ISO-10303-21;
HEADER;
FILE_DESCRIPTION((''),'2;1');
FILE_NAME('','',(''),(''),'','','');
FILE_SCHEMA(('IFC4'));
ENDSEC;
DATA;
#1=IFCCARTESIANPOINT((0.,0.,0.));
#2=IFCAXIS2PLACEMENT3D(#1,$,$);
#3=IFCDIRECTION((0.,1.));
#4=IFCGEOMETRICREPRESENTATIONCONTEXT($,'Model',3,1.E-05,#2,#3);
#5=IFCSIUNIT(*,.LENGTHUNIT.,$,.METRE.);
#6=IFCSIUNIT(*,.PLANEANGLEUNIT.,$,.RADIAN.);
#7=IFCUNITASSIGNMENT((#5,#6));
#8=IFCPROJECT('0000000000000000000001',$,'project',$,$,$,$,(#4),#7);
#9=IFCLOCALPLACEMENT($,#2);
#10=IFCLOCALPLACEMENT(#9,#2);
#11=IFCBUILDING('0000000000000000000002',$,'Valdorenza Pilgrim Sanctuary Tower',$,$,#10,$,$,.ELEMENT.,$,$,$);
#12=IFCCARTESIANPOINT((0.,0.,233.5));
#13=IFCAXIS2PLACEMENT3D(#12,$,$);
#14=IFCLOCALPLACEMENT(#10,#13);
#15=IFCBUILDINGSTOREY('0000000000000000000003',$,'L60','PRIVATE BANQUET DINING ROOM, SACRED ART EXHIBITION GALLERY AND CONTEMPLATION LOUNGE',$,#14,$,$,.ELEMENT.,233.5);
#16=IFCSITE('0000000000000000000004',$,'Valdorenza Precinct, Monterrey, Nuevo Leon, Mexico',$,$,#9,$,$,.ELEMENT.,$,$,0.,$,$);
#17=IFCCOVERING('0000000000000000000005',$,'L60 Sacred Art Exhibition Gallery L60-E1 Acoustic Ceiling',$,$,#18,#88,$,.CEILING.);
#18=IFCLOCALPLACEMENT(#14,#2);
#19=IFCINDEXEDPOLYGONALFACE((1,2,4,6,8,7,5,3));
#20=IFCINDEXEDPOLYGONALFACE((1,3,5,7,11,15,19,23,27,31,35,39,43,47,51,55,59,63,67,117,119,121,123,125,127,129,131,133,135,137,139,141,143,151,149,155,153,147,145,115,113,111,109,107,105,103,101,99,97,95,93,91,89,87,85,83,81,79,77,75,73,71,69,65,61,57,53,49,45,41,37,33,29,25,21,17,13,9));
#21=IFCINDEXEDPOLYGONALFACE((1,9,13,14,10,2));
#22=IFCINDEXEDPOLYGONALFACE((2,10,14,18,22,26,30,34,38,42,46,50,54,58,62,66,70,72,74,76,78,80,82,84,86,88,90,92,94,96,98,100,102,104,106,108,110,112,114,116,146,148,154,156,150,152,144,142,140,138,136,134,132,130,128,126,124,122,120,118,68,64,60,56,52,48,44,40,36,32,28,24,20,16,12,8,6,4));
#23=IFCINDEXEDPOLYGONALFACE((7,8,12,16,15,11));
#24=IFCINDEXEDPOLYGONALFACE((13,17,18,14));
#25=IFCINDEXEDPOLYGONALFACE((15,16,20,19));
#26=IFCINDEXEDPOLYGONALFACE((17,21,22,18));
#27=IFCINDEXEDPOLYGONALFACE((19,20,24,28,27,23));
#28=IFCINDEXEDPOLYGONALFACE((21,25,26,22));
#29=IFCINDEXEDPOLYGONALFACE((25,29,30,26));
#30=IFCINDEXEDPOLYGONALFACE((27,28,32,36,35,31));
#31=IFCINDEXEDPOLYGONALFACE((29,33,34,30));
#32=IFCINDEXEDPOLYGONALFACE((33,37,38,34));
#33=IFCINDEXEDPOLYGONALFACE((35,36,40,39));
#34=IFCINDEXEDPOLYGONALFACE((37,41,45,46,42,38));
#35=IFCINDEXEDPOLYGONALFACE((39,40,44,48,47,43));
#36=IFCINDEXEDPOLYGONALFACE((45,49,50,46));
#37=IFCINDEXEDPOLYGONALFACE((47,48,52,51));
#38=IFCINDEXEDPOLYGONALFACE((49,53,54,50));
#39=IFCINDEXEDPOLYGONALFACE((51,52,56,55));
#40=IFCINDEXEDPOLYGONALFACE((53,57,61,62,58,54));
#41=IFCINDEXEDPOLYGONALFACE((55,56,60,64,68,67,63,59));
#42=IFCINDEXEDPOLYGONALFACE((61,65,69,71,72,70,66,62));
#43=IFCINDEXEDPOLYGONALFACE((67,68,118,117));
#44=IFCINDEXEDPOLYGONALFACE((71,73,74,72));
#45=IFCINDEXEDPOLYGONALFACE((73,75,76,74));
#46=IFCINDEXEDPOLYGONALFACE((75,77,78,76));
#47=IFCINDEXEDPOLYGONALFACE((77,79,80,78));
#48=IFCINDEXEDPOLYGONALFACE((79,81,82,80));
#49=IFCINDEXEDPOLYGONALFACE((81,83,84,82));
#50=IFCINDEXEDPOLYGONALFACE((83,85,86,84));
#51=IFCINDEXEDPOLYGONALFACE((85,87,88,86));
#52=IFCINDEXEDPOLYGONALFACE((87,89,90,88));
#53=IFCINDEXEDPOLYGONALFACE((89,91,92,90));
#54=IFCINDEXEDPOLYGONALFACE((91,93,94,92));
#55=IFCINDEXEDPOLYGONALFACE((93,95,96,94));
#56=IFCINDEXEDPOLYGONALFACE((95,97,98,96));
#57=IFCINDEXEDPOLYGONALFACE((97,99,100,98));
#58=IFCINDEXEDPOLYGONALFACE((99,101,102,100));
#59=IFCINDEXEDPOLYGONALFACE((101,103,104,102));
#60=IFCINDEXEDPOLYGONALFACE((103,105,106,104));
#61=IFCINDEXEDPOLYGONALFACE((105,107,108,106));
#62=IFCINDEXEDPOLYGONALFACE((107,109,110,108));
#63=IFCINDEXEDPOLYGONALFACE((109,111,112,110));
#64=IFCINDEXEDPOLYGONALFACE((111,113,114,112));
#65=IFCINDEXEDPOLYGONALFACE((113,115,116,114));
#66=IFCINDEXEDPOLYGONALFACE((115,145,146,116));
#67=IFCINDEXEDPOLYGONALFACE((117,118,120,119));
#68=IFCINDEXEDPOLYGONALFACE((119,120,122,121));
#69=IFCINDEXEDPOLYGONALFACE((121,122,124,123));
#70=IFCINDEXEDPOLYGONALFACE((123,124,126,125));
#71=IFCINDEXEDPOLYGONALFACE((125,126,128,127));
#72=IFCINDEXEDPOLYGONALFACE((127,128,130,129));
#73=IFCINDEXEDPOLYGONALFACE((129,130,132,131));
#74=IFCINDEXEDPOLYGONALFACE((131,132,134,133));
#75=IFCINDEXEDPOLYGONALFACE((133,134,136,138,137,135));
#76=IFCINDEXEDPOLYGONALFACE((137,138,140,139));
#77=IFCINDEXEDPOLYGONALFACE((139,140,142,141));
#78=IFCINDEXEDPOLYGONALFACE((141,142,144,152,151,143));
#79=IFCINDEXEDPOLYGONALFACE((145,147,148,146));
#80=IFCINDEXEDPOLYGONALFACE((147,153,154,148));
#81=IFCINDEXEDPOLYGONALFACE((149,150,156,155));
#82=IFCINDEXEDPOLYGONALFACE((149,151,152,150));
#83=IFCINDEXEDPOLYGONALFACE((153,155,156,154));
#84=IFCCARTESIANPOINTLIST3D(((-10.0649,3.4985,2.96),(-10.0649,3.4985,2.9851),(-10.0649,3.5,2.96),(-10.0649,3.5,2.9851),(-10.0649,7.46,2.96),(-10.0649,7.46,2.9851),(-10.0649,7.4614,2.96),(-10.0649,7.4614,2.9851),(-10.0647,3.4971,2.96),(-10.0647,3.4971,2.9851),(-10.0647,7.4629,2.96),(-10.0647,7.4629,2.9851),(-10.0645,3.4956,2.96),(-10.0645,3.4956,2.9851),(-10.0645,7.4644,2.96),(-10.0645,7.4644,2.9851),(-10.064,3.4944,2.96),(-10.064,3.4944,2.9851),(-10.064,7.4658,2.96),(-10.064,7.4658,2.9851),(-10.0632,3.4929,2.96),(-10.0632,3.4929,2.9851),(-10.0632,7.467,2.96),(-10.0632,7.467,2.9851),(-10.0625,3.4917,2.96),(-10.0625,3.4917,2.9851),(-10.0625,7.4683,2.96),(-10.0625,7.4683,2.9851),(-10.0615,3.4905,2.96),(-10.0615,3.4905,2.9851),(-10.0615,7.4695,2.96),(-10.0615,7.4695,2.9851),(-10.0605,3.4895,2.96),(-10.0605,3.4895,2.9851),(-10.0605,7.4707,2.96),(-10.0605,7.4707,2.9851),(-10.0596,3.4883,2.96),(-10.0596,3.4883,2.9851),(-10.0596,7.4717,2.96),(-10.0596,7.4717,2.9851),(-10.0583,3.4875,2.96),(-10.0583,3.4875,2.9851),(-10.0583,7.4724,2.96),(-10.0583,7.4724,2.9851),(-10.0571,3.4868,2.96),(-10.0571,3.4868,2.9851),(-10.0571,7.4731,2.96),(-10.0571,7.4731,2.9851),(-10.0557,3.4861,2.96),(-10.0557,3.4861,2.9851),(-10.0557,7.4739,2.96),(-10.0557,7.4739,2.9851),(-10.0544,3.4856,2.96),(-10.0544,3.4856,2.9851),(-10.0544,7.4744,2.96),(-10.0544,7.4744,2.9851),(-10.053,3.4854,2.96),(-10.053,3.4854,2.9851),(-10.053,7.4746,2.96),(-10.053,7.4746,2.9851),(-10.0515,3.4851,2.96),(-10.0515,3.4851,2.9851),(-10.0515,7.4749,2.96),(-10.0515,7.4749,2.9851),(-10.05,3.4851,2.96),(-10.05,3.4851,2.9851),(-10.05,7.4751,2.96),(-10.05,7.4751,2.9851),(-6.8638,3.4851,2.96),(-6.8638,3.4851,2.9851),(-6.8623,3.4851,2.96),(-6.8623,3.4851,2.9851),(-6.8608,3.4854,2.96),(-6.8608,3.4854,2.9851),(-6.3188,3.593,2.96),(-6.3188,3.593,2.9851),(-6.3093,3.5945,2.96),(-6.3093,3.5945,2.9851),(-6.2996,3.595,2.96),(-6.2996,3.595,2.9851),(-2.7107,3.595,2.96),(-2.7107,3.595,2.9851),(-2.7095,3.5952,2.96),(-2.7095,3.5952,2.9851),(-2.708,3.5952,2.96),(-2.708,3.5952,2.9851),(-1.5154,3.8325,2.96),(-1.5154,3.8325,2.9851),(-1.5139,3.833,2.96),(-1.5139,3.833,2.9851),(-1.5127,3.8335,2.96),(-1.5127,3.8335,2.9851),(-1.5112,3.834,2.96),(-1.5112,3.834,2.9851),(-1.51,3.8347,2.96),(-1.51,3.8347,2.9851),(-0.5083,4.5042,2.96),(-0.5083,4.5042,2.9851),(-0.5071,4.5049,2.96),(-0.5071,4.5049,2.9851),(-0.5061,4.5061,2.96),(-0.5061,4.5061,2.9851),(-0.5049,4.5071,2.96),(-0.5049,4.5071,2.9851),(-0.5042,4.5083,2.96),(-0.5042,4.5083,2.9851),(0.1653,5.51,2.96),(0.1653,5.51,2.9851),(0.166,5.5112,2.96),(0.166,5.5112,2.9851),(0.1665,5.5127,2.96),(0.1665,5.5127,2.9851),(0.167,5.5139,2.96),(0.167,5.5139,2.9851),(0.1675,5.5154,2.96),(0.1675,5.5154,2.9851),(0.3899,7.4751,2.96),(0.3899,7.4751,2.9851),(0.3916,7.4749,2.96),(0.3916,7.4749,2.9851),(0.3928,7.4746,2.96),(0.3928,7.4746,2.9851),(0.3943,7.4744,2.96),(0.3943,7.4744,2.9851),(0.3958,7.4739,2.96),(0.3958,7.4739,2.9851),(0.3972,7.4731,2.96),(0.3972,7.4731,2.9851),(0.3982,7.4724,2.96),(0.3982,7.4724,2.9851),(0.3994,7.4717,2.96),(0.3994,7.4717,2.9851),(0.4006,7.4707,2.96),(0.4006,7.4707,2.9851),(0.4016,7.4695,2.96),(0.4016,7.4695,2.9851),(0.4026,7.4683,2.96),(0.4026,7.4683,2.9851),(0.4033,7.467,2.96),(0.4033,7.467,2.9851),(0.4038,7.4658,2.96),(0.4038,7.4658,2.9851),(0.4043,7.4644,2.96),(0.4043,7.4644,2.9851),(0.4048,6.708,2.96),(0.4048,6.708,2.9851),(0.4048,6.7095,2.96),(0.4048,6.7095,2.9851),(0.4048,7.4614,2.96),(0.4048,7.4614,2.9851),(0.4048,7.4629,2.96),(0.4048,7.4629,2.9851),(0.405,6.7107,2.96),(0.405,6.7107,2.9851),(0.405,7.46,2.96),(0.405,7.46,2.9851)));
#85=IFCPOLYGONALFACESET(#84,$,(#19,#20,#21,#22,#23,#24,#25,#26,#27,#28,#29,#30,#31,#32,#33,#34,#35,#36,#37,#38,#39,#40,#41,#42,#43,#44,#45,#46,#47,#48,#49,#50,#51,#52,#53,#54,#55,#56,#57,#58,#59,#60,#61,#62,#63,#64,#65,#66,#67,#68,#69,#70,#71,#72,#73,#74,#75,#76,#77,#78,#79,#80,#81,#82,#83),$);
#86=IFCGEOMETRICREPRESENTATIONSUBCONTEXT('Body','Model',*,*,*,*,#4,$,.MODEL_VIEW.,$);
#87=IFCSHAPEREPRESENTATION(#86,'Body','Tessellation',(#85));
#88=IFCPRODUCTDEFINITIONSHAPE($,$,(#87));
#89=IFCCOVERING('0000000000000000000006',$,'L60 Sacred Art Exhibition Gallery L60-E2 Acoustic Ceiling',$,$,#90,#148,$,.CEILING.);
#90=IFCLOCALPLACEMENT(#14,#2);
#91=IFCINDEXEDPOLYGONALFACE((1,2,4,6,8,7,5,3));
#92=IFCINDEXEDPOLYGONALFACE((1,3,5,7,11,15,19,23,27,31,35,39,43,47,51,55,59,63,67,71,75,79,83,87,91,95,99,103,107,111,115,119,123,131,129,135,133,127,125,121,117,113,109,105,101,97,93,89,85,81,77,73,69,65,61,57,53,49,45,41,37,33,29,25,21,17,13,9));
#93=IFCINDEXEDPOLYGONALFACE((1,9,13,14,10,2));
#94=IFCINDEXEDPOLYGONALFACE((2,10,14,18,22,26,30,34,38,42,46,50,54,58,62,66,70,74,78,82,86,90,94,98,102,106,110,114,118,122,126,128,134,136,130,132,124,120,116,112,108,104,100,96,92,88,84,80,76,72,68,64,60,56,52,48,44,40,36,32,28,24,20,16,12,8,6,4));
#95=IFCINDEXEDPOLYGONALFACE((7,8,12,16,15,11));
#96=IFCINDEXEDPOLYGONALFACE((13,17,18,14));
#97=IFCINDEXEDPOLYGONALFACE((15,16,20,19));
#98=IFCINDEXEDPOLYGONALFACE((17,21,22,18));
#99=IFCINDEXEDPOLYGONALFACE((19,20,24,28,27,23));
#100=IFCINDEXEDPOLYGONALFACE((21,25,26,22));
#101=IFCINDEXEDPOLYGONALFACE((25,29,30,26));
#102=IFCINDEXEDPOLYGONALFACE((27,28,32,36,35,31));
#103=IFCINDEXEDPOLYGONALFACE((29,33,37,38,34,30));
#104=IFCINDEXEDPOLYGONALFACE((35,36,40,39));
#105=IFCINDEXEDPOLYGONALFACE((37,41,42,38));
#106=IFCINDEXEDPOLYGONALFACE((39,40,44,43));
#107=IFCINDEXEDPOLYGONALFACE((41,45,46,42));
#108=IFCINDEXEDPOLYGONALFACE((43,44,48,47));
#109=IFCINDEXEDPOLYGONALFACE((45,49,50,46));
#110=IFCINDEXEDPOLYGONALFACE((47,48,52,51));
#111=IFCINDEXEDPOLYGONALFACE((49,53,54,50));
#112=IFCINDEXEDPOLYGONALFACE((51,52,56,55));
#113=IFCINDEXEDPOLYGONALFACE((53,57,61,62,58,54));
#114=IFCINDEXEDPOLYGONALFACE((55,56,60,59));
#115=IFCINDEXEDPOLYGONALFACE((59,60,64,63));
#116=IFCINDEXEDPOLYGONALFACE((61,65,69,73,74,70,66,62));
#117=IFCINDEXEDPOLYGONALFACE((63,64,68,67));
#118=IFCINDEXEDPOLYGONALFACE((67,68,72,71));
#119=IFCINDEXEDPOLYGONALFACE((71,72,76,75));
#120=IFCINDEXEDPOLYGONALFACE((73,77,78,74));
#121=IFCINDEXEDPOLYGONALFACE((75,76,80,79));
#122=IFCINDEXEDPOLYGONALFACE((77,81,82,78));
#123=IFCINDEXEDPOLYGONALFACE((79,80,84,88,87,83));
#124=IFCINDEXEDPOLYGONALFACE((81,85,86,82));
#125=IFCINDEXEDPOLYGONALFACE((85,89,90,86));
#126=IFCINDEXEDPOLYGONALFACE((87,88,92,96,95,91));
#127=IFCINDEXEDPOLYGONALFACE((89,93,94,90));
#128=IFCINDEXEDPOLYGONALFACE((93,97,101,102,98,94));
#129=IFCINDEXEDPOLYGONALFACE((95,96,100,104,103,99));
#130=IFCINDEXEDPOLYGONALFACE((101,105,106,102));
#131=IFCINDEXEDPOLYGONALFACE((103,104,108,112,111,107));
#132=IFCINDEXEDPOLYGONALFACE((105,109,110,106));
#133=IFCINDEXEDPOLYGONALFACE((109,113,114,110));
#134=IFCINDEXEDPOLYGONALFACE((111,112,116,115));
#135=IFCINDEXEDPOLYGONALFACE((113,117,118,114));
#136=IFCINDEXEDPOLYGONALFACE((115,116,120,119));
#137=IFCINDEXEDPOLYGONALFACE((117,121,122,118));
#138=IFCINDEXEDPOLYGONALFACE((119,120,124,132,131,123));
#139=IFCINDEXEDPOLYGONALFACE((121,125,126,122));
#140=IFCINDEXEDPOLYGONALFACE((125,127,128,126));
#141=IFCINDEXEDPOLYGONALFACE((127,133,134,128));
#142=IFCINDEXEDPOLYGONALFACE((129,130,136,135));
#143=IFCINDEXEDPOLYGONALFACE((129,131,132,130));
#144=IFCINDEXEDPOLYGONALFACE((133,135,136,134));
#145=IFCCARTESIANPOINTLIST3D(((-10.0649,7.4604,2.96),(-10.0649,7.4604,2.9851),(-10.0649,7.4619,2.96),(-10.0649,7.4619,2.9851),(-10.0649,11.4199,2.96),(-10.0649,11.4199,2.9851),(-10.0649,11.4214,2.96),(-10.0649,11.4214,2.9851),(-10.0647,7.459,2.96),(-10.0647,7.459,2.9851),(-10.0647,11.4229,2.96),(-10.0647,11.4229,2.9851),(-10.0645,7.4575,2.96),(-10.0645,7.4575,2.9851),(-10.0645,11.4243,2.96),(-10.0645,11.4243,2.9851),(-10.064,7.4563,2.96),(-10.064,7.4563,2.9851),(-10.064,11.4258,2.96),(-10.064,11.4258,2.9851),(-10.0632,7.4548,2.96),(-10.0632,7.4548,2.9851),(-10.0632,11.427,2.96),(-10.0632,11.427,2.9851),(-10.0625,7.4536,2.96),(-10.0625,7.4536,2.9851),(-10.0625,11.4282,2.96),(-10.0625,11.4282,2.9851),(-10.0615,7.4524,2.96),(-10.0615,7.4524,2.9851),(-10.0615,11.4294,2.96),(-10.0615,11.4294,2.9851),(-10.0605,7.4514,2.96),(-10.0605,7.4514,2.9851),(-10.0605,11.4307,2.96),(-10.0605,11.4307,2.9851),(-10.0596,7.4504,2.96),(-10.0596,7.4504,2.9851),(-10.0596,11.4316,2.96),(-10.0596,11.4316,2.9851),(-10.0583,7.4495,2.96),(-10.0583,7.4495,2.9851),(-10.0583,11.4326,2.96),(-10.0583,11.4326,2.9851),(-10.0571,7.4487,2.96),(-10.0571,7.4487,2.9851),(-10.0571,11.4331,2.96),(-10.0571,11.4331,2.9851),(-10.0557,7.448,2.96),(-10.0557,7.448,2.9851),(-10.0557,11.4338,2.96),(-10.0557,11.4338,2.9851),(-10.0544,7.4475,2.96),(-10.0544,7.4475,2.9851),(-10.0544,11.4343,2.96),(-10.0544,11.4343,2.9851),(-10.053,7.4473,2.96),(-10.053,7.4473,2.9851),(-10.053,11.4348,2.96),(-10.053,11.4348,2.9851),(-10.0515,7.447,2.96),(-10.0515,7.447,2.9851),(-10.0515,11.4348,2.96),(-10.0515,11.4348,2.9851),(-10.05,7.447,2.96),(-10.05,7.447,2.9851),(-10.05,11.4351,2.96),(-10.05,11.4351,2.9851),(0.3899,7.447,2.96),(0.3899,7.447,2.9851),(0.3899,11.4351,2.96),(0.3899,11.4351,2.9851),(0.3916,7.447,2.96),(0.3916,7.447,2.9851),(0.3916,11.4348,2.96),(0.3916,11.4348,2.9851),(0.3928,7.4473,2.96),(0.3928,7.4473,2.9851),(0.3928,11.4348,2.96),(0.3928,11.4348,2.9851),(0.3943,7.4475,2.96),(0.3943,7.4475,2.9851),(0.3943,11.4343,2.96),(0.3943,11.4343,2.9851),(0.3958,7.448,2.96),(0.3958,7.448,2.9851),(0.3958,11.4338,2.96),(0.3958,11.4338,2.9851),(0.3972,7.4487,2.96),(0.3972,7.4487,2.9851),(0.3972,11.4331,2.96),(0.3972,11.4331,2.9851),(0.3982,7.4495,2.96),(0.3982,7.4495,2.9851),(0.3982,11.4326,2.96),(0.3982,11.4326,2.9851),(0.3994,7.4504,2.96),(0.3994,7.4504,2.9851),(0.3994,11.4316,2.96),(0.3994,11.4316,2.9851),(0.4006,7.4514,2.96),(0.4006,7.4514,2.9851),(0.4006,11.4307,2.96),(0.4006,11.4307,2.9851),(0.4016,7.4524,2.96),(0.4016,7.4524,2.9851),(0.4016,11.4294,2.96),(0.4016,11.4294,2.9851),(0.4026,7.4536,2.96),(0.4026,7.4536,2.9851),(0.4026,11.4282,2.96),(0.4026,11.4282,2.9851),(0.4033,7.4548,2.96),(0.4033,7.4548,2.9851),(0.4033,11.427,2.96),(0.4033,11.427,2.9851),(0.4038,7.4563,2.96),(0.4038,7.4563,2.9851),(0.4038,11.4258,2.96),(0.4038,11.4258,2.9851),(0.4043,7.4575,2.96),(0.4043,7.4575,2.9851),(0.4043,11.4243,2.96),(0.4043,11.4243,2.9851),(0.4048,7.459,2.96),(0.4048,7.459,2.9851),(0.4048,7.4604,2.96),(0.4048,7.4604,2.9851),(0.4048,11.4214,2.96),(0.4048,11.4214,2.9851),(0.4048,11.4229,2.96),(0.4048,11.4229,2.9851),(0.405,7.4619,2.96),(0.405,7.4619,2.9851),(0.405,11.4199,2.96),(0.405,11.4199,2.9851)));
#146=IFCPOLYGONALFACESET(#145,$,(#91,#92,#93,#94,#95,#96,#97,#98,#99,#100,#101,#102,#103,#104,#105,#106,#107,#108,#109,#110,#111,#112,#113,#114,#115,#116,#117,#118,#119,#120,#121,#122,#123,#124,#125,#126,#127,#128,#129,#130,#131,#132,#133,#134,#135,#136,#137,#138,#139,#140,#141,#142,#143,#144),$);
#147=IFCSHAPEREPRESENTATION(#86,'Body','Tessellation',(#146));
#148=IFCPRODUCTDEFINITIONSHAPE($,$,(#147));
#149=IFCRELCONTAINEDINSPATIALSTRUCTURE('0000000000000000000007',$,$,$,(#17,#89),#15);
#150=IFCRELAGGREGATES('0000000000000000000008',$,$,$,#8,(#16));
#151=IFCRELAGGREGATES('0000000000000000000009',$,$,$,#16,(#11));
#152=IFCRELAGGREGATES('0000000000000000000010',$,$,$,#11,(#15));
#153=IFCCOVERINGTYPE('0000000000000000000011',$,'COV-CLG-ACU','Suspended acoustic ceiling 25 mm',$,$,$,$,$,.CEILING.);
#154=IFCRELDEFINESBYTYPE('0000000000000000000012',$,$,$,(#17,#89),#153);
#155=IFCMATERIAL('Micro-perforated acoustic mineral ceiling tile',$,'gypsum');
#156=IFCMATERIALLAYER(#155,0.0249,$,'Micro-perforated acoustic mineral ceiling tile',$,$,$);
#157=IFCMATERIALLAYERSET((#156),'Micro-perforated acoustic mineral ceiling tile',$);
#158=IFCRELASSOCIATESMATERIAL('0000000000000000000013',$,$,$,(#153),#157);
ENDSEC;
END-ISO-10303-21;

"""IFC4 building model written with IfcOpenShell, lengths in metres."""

from ifc_helpers import new_model, si_unit, direction, frame, origin, place, context, subcontext, project, spatial, polyline, outline, extrude, material, layer, layer_set, type_object, element, save


model = new_model("IFC4")

# Units and contexts
model_context = context("Model", 3, precision=1e-05, world=origin(), true_north=direction((0.0, 1.0)))
body_context = subcontext(model_context, "Body", "Model", "MODEL_VIEW")
ifc_project = project(units=[si_unit("LENGTHUNIT", "METRE"), si_unit("PLANEANGLEUNIT", "RADIAN")], contexts=[model_context])

# Site, building, storey
site_placement = place(None, origin())
site = spatial("IfcSite", under=ifc_project, at=site_placement, Name="Valdorenza Precinct, Monterrey, Nuevo Leon, Mexico", CompositionType="ELEMENT", RefElevation=0.0)
building_placement = place(site_placement, origin())
building = spatial("IfcBuilding", under=site, at=building_placement, Name="Valdorenza Pilgrim Sanctuary Tower", CompositionType="ELEMENT")
storey_placement = place(building_placement, frame((0.0, 0.0, 233.5)))
storey = spatial("IfcBuildingStorey", under=building, at=storey_placement, Name="L60", Description="PRIVATE BANQUET DINING ROOM, SACRED ART EXHIBITION GALLERY AND CONTEMPLATION LOUNGE", CompositionType="ELEMENT", Elevation=233.5)

# Coverings
ifc_material_1 = material(Name="Micro-perforated acoustic mineral ceiling tile", Category="gypsum")
ifc_layer_1 = layer(ifc_material_1, 0.0249, Name="Micro-perforated acoustic mineral ceiling tile")
ifc_layer_set_1 = layer_set([ifc_layer_1], Name="Micro-perforated acoustic mineral ceiling tile")
covering_type_1 = type_object("IfcCoveringType", Name="COV-CLG-ACU", Description="Suspended acoustic ceiling 25 mm", PredefinedType="CEILING", material=ifc_layer_set_1)
covering_1_placement = place(storey_placement, frame((0.0, 0.0, 2.96)))
element("IfcCovering", 1, at=covering_1_placement, inside=storey, type_object=covering_type_1, Name="L60 Sacred Art Exhibition Gallery L60-E1 Acoustic Ceiling", PredefinedType="CEILING", context=body_context, shape_type="SweptSolid", body=[
    extrude(outline(polyline([(-10.0649, 7.46), (-10.0649, 7.4614), (-10.0647, 7.4629), (-10.0645, 7.4644), (-10.064, 7.4658), (-10.0632, 7.467), (-10.0625, 7.4683), (-10.0615, 7.4695), (-10.0605, 7.4707), (-10.0596, 7.4717), (-10.0583, 7.4724), (-10.0571, 7.4731), (-10.0557, 7.4739), (-10.0544, 7.4744), (-10.053, 7.4746), (-10.0515, 7.4749), (-10.05, 7.4751), (0.3899, 7.4751), (0.3916, 7.4749), (0.3928, 7.4746), (0.3943, 7.4744), (0.3958, 7.4739), (0.3972, 7.4731), (0.3982, 7.4724), (0.3994, 7.4717), (0.4006, 7.4707), (0.4016, 7.4695), (0.4026, 7.4683), (0.4033, 7.467), (0.4038, 7.4658), (0.4043, 7.4644), (0.4048, 7.4629), (0.4048, 7.4614), (0.405, 7.46), (0.405, 6.7107), (0.4048, 6.7095), (0.4048, 6.708), (0.1675, 5.5154), (0.167, 5.5139), (0.1665, 5.5127), (0.166, 5.5112), (0.1653, 5.51), (-0.5042, 4.5083), (-0.5049, 4.5071), (-0.5061, 4.5061), (-0.5071, 4.5049), (-0.5083, 4.5042), (-1.51, 3.8347), (-1.5112, 3.834), (-1.5127, 3.8335), (-1.5139, 3.833), (-1.5154, 3.8325), (-2.708, 3.5952), (-2.7095, 3.5952), (-2.7107, 3.595), (-6.2996, 3.595), (-6.3093, 3.5945), (-6.3188, 3.593), (-6.8608, 3.4854), (-6.8623, 3.4851), (-6.8638, 3.4851), (-10.05, 3.4851), (-10.0515, 3.4851), (-10.053, 3.4854), (-10.0544, 3.4856), (-10.0557, 3.4861), (-10.0571, 3.4868), (-10.0583, 3.4875), (-10.0596, 3.4883), (-10.0605, 3.4895), (-10.0615, 3.4905), (-10.0625, 3.4917), (-10.0632, 3.4929), (-10.064, 3.4944), (-10.0645, 3.4956), (-10.0647, 3.4971), (-10.0649, 3.4985), (-10.0649, 3.5), (-10.0649, 7.46)])), origin(), (0.0, 0.0, 1.0), 0.0251),
])
covering_2_placement = place(storey_placement, frame((0.0, 0.0, 2.96)))
element("IfcCovering", 2, at=covering_2_placement, inside=storey, type_object=covering_type_1, Name="L60 Sacred Art Exhibition Gallery L60-E2 Acoustic Ceiling", PredefinedType="CEILING", context=body_context, shape_type="SweptSolid", body=[
    extrude(outline(polyline([(-10.0649, 11.4199), (-10.0649, 11.4214), (-10.0647, 11.4229), (-10.0645, 11.4243), (-10.064, 11.4258), (-10.0632, 11.427), (-10.0625, 11.4282), (-10.0615, 11.4294), (-10.0605, 11.4307), (-10.0596, 11.4316), (-10.0583, 11.4326), (-10.0571, 11.4331), (-10.0557, 11.4338), (-10.0544, 11.4343), (-10.053, 11.4348), (-10.0515, 11.4348), (-10.05, 11.4351), (0.3899, 11.4351), (0.3916, 11.4348), (0.3928, 11.4348), (0.3943, 11.4343), (0.3958, 11.4338), (0.3972, 11.4331), (0.3982, 11.4326), (0.3994, 11.4316), (0.4006, 11.4307), (0.4016, 11.4294), (0.4026, 11.4282), (0.4033, 11.427), (0.4038, 11.4258), (0.4043, 11.4243), (0.4048, 11.4229), (0.4048, 11.4214), (0.405, 11.4199), (0.405, 7.4619), (0.4048, 7.4604), (0.4048, 7.459), (0.4043, 7.4575), (0.4038, 7.4563), (0.4033, 7.4548), (0.4026, 7.4536), (0.4016, 7.4524), (0.4006, 7.4514), (0.3994, 7.4504), (0.3982, 7.4495), (0.3972, 7.4487), (0.3958, 7.448), (0.3943, 7.4475), (0.3928, 7.4473), (0.3916, 7.447), (0.3899, 7.447), (-10.05, 7.447), (-10.0515, 7.447), (-10.053, 7.4473), (-10.0544, 7.4475), (-10.0557, 7.448), (-10.0571, 7.4487), (-10.0583, 7.4495), (-10.0596, 7.4504), (-10.0605, 7.4514), (-10.0615, 7.4524), (-10.0625, 7.4536), (-10.0632, 7.4548), (-10.064, 7.4563), (-10.0645, 7.4575), (-10.0647, 7.459), (-10.0649, 7.4604), (-10.0649, 7.4619), (-10.0649, 11.4199)])), origin(), (0.0, 0.0, 1.0), 0.0251),
])

save(model, "model.ifc")
